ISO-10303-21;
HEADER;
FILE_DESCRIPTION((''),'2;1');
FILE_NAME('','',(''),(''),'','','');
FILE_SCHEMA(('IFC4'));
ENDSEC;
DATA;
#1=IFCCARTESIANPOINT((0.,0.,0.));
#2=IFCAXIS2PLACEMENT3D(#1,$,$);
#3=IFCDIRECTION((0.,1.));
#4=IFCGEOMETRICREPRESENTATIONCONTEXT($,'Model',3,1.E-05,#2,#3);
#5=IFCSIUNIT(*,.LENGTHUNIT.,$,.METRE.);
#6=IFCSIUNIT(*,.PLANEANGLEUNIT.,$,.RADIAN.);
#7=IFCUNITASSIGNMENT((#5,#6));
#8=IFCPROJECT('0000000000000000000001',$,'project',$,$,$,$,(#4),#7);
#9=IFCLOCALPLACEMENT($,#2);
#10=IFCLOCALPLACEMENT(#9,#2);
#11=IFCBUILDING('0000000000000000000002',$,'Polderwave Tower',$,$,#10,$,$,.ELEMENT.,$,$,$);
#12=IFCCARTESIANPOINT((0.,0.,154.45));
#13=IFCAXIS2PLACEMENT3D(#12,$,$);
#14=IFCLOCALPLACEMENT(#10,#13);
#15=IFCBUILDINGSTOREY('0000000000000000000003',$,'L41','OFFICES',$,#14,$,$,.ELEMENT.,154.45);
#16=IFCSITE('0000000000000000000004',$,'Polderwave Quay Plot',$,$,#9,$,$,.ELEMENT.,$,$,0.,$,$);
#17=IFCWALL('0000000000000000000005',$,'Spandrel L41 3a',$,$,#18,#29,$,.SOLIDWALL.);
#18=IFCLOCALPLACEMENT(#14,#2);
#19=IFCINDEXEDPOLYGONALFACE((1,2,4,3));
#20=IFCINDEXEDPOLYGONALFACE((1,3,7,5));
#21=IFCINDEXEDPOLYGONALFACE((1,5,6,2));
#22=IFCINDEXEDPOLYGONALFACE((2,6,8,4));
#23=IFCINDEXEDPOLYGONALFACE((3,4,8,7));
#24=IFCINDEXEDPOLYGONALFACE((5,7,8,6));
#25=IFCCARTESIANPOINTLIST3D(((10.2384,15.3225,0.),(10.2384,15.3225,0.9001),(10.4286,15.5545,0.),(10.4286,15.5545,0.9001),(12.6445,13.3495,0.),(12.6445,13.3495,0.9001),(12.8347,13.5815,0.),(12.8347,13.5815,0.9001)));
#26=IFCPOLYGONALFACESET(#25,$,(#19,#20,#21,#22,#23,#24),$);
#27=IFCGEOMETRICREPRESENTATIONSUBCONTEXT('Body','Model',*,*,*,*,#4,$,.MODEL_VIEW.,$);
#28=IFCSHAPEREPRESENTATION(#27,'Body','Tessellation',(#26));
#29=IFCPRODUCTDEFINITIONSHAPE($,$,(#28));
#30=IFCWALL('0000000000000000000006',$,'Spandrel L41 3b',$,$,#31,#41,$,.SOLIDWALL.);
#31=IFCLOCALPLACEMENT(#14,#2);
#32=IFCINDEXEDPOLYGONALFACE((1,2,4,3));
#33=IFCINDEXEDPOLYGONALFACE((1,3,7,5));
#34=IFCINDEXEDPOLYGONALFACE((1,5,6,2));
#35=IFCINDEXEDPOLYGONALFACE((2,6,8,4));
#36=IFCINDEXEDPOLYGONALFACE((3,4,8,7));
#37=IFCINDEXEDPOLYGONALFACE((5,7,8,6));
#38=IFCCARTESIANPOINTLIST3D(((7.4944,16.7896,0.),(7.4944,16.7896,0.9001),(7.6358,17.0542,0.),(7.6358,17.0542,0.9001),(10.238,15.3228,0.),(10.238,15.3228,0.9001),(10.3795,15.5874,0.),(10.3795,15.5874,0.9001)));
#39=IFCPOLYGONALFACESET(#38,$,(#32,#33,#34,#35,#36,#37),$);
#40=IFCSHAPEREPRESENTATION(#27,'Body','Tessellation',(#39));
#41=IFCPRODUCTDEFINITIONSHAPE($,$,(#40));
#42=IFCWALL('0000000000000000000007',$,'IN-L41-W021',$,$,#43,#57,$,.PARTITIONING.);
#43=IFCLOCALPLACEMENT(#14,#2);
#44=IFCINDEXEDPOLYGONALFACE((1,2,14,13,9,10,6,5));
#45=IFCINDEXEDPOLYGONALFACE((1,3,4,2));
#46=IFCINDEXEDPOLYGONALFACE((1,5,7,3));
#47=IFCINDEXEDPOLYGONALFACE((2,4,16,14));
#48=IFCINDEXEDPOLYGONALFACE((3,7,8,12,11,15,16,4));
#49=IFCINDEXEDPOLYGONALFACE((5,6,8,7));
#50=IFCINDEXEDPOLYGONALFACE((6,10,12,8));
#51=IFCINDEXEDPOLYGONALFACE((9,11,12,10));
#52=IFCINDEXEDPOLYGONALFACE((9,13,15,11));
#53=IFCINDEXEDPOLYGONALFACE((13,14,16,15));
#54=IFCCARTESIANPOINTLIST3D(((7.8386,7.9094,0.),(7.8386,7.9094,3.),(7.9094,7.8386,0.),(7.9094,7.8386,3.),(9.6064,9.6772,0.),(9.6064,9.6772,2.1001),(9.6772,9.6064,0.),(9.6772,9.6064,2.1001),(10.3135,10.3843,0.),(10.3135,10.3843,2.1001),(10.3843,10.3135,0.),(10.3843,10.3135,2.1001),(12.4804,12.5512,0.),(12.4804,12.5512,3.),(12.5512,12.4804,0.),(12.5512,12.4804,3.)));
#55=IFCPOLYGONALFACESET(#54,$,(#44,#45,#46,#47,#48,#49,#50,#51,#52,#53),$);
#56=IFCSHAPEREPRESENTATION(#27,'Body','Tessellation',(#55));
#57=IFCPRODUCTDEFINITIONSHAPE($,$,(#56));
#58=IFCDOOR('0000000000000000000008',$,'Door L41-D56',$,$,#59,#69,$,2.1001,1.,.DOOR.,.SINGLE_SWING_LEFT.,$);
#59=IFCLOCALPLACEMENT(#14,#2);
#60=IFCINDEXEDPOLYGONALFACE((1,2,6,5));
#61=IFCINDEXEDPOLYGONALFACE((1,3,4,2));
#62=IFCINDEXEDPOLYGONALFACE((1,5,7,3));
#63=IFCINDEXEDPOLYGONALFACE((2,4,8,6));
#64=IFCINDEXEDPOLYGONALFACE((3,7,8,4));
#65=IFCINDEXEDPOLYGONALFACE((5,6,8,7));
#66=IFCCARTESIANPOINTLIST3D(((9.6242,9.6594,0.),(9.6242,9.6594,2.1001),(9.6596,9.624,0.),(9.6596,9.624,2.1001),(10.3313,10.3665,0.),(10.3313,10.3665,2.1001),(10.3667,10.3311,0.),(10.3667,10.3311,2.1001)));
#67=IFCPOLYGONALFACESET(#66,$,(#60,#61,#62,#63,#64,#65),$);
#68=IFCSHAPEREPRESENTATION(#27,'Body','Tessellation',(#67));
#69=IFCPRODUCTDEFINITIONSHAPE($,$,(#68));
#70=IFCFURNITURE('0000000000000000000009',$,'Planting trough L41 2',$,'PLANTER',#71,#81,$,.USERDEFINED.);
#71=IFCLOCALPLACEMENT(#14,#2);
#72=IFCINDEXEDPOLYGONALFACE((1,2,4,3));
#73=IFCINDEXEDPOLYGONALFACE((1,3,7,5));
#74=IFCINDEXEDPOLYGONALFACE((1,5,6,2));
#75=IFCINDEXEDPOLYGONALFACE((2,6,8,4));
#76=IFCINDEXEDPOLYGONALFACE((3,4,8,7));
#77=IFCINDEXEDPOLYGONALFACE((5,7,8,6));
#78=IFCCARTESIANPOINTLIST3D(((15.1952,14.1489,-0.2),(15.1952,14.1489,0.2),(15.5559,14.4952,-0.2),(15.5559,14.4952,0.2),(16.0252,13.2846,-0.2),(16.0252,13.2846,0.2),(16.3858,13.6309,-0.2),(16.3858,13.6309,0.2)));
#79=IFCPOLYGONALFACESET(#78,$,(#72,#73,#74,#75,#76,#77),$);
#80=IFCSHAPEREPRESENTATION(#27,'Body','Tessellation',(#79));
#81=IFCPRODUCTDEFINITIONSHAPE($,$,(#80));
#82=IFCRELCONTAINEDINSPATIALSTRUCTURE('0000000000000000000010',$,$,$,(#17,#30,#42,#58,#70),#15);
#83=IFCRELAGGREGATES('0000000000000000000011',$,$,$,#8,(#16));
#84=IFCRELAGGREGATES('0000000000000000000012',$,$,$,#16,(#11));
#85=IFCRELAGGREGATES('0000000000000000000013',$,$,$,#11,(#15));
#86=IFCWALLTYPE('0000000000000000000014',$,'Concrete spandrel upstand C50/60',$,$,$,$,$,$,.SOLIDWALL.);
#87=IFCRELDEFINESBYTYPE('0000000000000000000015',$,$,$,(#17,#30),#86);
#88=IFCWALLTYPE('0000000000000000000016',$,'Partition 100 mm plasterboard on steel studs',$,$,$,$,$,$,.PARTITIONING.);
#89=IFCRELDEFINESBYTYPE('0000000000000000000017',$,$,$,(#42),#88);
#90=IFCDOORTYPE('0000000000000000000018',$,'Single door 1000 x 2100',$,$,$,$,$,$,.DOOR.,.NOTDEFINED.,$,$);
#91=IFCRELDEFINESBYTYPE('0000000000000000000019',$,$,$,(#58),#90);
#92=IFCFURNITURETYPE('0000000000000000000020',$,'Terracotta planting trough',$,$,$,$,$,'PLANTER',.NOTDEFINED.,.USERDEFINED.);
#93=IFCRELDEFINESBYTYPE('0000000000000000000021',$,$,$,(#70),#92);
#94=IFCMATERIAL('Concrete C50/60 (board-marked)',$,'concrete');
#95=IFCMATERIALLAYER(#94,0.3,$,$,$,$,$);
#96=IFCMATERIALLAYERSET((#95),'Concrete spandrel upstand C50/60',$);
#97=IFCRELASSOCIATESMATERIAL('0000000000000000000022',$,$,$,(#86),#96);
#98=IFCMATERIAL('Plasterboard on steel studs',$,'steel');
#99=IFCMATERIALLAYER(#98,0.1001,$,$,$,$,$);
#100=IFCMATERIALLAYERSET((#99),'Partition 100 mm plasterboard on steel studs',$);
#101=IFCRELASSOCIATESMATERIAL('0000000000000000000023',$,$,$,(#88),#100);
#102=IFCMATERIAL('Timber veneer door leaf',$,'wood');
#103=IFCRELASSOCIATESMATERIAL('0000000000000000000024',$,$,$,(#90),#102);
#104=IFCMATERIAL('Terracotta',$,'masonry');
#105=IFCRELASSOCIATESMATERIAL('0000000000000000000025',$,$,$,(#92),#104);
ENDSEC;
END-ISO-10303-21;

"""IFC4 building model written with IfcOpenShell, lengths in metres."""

from ifc_helpers import new_model, si_unit, direction, frame, frame_2d, origin, origin_2d, place, context, subcontext, project, spatial, rectangle, extrude, material, layer, layer_set, type_object, element, fill, save


model = new_model("IFC4")

# Units and contexts
model_context = context("Model", 3, precision=1e-05, world=origin(), true_north=direction((0.0, 1.0)))
body_context = subcontext(model_context, "Body", "Model", "MODEL_VIEW")
ifc_project = project(units=[si_unit("LENGTHUNIT", "METRE"), si_unit("PLANEANGLEUNIT", "RADIAN")], contexts=[model_context])

# Site, building, storey
site_placement = place(None, origin())
site = spatial("IfcSite", under=ifc_project, at=site_placement, Name="Polderwave Quay Plot", CompositionType="ELEMENT", RefElevation=0.0)
building_placement = place(site_placement, origin())
building = spatial("IfcBuilding", under=site, at=building_placement, Name="Polderwave Tower", CompositionType="ELEMENT")
storey_placement = place(building_placement, frame((0.0, 0.0, 154.45)))
storey = spatial("IfcBuildingStorey", under=building, at=storey_placement, Name="L41", Description="OFFICES", CompositionType="ELEMENT", Elevation=154.45)

# Walls
ifc_material_1 = material(Name="Concrete C50/60 (board-marked)", Category="concrete")
ifc_layer_1 = layer(ifc_material_1, 0.3)
ifc_layer_set_1 = layer_set([ifc_layer_1], Name="Concrete spandrel upstand C50/60")
wall_type_1 = type_object("IfcWallType", Name="Concrete spandrel upstand C50/60", PredefinedType="SOLIDWALL", material=ifc_layer_set_1)
for number, where, z_axis, x_axis, name in (
    (1, (12.7395, 13.4656, 0.0), (0.0, 0.0, 1.0), (-0.773272, 0.634075, 0.0), "Spandrel L41 3a"),
):
    element("IfcWall", number, at=place(storey_placement, frame(where, z_axis=z_axis, x_axis=x_axis)), inside=storey, type_object=wall_type_1, Name=name, PredefinedType="SOLIDWALL", context=body_context, shape_type="SweptSolid", body=[
        extrude(rectangle(XDim=3.1116, YDim=0.3, at=frame_2d((1.5557, 0.0))), origin(), (0.0, 0.0, 1.0), 0.9001),
    ])
wall_1_placement = place(storey_placement, frame((10.3088, 15.4551, 0.0), z_axis=(0.0, 0.0, 1.0), x_axis=(-0.881883, 0.471468, 0.0)))
element("IfcWall", 2, at=wall_1_placement, inside=storey, type_object=wall_type_1, Name="Spandrel L41 3b", PredefinedType="SOLIDWALL", context=body_context, shape_type="SweptSolid", body=[
    extrude(rectangle(XDim=3.1111, YDim=0.3, at=frame_2d((1.5557, 0.0))), origin(), (0.0, 0.0, 1.0), 0.9001),
])

# Wall, opening, door
ifc_material_2 = material(Name="Plasterboard on steel studs", Category="steel")
ifc_layer_2 = layer(ifc_material_2, 0.1001)
ifc_layer_set_2 = layer_set([ifc_layer_2], Name="Partition 100 mm plasterboard on steel studs")
wall_type_2 = type_object("IfcWallType", Name="Partition 100 mm plasterboard on steel studs", PredefinedType="PARTITIONING", material=ifc_layer_set_2)
wall_2_placement = place(storey_placement, frame((7.874, 7.874, 0.0), z_axis=(0.0, 0.0, 1.0), x_axis=(0.707107, 0.707107, 0.0)))
wall_2 = element("IfcWall", 3, at=wall_2_placement, inside=storey, type_object=wall_type_2, Name="IN-L41-W021", PredefinedType="PARTITIONING", context=body_context, shape_type="SweptSolid", body=[
    extrude(rectangle(XDim=6.5645, YDim=0.1001, at=frame_2d((3.2822, 0.0))), origin(), (0.0, 0.0, 1.0), 3.0),
])
opening_placement = place(wall_2_placement, frame((2.5, 0.0, 0.0)))
opening = element("IfcOpeningElement", 4, at=opening_placement, cuts=wall_2, PredefinedType="OPENING", context=body_context, shape_type="SweptSolid", body=[
    extrude(rectangle(XDim=1.0, YDim=2.1001, at=frame_2d((0.5, 1.05))), frame((0.0, 0.0601, 0.0), z_axis=(0.0, -1.0, 0.0), x_axis=(1.0, 0.0, 0.0)), (0.0, 0.0, 1.0), 0.1201),
])
ifc_material_3 = material(Name="Timber veneer door leaf", Category="wood")
door_type = type_object("IfcDoorType", Name="Single door 1000 x 2100", OperationType="NOTDEFINED", PredefinedType="DOOR", material=ifc_material_3)
door_placement = place(opening_placement, origin())
door = element("IfcDoor", 5, at=door_placement, inside=storey, type_object=door_type, Name="Door L41-D56", OperationType="SINGLE_SWING_LEFT", OverallHeight=2.1001, OverallWidth=1.0, PredefinedType="DOOR", context=body_context, shape_type="SweptSolid", body=[
    extrude(rectangle(XDim=1.0, YDim=2.1001, at=frame_2d((0.5, 1.05))), frame((0.0, 0.0249, 0.0), z_axis=(0.0, -1.0, 0.0), x_axis=(1.0, 0.0, 0.0)), (0.0, 0.0, 1.0), 0.05),
])
fill(opening, door)

# Furniture
ifc_material_4 = material(Name="Terracotta", Category="masonry")
furniture_type = type_object("IfcFurnitureType", Name="Terracotta planting trough", ElementType="PLANTER", AssemblyPlace="NOTDEFINED", PredefinedType="USERDEFINED", material=ifc_material_4)
furniture_placement = place(storey_placement, frame((15.7905, 13.8899, -0.2), z_axis=(0.0, 0.0, 1.0), x_axis=(-0.692605, 0.721317, 0.0)))
element("IfcFurniture", 6, at=furniture_placement, inside=storey, type_object=furniture_type, Name="Planting trough L41 2", ObjectType="PLANTER", PredefinedType="USERDEFINED", context=body_context, shape_type="SweptSolid", body=[
    extrude(rectangle(XDim=1.1982, YDim=0.5, at=origin_2d()), origin(), (0.0, 0.0, 1.0), 0.3999),
])

save(model, "model.ifc")
